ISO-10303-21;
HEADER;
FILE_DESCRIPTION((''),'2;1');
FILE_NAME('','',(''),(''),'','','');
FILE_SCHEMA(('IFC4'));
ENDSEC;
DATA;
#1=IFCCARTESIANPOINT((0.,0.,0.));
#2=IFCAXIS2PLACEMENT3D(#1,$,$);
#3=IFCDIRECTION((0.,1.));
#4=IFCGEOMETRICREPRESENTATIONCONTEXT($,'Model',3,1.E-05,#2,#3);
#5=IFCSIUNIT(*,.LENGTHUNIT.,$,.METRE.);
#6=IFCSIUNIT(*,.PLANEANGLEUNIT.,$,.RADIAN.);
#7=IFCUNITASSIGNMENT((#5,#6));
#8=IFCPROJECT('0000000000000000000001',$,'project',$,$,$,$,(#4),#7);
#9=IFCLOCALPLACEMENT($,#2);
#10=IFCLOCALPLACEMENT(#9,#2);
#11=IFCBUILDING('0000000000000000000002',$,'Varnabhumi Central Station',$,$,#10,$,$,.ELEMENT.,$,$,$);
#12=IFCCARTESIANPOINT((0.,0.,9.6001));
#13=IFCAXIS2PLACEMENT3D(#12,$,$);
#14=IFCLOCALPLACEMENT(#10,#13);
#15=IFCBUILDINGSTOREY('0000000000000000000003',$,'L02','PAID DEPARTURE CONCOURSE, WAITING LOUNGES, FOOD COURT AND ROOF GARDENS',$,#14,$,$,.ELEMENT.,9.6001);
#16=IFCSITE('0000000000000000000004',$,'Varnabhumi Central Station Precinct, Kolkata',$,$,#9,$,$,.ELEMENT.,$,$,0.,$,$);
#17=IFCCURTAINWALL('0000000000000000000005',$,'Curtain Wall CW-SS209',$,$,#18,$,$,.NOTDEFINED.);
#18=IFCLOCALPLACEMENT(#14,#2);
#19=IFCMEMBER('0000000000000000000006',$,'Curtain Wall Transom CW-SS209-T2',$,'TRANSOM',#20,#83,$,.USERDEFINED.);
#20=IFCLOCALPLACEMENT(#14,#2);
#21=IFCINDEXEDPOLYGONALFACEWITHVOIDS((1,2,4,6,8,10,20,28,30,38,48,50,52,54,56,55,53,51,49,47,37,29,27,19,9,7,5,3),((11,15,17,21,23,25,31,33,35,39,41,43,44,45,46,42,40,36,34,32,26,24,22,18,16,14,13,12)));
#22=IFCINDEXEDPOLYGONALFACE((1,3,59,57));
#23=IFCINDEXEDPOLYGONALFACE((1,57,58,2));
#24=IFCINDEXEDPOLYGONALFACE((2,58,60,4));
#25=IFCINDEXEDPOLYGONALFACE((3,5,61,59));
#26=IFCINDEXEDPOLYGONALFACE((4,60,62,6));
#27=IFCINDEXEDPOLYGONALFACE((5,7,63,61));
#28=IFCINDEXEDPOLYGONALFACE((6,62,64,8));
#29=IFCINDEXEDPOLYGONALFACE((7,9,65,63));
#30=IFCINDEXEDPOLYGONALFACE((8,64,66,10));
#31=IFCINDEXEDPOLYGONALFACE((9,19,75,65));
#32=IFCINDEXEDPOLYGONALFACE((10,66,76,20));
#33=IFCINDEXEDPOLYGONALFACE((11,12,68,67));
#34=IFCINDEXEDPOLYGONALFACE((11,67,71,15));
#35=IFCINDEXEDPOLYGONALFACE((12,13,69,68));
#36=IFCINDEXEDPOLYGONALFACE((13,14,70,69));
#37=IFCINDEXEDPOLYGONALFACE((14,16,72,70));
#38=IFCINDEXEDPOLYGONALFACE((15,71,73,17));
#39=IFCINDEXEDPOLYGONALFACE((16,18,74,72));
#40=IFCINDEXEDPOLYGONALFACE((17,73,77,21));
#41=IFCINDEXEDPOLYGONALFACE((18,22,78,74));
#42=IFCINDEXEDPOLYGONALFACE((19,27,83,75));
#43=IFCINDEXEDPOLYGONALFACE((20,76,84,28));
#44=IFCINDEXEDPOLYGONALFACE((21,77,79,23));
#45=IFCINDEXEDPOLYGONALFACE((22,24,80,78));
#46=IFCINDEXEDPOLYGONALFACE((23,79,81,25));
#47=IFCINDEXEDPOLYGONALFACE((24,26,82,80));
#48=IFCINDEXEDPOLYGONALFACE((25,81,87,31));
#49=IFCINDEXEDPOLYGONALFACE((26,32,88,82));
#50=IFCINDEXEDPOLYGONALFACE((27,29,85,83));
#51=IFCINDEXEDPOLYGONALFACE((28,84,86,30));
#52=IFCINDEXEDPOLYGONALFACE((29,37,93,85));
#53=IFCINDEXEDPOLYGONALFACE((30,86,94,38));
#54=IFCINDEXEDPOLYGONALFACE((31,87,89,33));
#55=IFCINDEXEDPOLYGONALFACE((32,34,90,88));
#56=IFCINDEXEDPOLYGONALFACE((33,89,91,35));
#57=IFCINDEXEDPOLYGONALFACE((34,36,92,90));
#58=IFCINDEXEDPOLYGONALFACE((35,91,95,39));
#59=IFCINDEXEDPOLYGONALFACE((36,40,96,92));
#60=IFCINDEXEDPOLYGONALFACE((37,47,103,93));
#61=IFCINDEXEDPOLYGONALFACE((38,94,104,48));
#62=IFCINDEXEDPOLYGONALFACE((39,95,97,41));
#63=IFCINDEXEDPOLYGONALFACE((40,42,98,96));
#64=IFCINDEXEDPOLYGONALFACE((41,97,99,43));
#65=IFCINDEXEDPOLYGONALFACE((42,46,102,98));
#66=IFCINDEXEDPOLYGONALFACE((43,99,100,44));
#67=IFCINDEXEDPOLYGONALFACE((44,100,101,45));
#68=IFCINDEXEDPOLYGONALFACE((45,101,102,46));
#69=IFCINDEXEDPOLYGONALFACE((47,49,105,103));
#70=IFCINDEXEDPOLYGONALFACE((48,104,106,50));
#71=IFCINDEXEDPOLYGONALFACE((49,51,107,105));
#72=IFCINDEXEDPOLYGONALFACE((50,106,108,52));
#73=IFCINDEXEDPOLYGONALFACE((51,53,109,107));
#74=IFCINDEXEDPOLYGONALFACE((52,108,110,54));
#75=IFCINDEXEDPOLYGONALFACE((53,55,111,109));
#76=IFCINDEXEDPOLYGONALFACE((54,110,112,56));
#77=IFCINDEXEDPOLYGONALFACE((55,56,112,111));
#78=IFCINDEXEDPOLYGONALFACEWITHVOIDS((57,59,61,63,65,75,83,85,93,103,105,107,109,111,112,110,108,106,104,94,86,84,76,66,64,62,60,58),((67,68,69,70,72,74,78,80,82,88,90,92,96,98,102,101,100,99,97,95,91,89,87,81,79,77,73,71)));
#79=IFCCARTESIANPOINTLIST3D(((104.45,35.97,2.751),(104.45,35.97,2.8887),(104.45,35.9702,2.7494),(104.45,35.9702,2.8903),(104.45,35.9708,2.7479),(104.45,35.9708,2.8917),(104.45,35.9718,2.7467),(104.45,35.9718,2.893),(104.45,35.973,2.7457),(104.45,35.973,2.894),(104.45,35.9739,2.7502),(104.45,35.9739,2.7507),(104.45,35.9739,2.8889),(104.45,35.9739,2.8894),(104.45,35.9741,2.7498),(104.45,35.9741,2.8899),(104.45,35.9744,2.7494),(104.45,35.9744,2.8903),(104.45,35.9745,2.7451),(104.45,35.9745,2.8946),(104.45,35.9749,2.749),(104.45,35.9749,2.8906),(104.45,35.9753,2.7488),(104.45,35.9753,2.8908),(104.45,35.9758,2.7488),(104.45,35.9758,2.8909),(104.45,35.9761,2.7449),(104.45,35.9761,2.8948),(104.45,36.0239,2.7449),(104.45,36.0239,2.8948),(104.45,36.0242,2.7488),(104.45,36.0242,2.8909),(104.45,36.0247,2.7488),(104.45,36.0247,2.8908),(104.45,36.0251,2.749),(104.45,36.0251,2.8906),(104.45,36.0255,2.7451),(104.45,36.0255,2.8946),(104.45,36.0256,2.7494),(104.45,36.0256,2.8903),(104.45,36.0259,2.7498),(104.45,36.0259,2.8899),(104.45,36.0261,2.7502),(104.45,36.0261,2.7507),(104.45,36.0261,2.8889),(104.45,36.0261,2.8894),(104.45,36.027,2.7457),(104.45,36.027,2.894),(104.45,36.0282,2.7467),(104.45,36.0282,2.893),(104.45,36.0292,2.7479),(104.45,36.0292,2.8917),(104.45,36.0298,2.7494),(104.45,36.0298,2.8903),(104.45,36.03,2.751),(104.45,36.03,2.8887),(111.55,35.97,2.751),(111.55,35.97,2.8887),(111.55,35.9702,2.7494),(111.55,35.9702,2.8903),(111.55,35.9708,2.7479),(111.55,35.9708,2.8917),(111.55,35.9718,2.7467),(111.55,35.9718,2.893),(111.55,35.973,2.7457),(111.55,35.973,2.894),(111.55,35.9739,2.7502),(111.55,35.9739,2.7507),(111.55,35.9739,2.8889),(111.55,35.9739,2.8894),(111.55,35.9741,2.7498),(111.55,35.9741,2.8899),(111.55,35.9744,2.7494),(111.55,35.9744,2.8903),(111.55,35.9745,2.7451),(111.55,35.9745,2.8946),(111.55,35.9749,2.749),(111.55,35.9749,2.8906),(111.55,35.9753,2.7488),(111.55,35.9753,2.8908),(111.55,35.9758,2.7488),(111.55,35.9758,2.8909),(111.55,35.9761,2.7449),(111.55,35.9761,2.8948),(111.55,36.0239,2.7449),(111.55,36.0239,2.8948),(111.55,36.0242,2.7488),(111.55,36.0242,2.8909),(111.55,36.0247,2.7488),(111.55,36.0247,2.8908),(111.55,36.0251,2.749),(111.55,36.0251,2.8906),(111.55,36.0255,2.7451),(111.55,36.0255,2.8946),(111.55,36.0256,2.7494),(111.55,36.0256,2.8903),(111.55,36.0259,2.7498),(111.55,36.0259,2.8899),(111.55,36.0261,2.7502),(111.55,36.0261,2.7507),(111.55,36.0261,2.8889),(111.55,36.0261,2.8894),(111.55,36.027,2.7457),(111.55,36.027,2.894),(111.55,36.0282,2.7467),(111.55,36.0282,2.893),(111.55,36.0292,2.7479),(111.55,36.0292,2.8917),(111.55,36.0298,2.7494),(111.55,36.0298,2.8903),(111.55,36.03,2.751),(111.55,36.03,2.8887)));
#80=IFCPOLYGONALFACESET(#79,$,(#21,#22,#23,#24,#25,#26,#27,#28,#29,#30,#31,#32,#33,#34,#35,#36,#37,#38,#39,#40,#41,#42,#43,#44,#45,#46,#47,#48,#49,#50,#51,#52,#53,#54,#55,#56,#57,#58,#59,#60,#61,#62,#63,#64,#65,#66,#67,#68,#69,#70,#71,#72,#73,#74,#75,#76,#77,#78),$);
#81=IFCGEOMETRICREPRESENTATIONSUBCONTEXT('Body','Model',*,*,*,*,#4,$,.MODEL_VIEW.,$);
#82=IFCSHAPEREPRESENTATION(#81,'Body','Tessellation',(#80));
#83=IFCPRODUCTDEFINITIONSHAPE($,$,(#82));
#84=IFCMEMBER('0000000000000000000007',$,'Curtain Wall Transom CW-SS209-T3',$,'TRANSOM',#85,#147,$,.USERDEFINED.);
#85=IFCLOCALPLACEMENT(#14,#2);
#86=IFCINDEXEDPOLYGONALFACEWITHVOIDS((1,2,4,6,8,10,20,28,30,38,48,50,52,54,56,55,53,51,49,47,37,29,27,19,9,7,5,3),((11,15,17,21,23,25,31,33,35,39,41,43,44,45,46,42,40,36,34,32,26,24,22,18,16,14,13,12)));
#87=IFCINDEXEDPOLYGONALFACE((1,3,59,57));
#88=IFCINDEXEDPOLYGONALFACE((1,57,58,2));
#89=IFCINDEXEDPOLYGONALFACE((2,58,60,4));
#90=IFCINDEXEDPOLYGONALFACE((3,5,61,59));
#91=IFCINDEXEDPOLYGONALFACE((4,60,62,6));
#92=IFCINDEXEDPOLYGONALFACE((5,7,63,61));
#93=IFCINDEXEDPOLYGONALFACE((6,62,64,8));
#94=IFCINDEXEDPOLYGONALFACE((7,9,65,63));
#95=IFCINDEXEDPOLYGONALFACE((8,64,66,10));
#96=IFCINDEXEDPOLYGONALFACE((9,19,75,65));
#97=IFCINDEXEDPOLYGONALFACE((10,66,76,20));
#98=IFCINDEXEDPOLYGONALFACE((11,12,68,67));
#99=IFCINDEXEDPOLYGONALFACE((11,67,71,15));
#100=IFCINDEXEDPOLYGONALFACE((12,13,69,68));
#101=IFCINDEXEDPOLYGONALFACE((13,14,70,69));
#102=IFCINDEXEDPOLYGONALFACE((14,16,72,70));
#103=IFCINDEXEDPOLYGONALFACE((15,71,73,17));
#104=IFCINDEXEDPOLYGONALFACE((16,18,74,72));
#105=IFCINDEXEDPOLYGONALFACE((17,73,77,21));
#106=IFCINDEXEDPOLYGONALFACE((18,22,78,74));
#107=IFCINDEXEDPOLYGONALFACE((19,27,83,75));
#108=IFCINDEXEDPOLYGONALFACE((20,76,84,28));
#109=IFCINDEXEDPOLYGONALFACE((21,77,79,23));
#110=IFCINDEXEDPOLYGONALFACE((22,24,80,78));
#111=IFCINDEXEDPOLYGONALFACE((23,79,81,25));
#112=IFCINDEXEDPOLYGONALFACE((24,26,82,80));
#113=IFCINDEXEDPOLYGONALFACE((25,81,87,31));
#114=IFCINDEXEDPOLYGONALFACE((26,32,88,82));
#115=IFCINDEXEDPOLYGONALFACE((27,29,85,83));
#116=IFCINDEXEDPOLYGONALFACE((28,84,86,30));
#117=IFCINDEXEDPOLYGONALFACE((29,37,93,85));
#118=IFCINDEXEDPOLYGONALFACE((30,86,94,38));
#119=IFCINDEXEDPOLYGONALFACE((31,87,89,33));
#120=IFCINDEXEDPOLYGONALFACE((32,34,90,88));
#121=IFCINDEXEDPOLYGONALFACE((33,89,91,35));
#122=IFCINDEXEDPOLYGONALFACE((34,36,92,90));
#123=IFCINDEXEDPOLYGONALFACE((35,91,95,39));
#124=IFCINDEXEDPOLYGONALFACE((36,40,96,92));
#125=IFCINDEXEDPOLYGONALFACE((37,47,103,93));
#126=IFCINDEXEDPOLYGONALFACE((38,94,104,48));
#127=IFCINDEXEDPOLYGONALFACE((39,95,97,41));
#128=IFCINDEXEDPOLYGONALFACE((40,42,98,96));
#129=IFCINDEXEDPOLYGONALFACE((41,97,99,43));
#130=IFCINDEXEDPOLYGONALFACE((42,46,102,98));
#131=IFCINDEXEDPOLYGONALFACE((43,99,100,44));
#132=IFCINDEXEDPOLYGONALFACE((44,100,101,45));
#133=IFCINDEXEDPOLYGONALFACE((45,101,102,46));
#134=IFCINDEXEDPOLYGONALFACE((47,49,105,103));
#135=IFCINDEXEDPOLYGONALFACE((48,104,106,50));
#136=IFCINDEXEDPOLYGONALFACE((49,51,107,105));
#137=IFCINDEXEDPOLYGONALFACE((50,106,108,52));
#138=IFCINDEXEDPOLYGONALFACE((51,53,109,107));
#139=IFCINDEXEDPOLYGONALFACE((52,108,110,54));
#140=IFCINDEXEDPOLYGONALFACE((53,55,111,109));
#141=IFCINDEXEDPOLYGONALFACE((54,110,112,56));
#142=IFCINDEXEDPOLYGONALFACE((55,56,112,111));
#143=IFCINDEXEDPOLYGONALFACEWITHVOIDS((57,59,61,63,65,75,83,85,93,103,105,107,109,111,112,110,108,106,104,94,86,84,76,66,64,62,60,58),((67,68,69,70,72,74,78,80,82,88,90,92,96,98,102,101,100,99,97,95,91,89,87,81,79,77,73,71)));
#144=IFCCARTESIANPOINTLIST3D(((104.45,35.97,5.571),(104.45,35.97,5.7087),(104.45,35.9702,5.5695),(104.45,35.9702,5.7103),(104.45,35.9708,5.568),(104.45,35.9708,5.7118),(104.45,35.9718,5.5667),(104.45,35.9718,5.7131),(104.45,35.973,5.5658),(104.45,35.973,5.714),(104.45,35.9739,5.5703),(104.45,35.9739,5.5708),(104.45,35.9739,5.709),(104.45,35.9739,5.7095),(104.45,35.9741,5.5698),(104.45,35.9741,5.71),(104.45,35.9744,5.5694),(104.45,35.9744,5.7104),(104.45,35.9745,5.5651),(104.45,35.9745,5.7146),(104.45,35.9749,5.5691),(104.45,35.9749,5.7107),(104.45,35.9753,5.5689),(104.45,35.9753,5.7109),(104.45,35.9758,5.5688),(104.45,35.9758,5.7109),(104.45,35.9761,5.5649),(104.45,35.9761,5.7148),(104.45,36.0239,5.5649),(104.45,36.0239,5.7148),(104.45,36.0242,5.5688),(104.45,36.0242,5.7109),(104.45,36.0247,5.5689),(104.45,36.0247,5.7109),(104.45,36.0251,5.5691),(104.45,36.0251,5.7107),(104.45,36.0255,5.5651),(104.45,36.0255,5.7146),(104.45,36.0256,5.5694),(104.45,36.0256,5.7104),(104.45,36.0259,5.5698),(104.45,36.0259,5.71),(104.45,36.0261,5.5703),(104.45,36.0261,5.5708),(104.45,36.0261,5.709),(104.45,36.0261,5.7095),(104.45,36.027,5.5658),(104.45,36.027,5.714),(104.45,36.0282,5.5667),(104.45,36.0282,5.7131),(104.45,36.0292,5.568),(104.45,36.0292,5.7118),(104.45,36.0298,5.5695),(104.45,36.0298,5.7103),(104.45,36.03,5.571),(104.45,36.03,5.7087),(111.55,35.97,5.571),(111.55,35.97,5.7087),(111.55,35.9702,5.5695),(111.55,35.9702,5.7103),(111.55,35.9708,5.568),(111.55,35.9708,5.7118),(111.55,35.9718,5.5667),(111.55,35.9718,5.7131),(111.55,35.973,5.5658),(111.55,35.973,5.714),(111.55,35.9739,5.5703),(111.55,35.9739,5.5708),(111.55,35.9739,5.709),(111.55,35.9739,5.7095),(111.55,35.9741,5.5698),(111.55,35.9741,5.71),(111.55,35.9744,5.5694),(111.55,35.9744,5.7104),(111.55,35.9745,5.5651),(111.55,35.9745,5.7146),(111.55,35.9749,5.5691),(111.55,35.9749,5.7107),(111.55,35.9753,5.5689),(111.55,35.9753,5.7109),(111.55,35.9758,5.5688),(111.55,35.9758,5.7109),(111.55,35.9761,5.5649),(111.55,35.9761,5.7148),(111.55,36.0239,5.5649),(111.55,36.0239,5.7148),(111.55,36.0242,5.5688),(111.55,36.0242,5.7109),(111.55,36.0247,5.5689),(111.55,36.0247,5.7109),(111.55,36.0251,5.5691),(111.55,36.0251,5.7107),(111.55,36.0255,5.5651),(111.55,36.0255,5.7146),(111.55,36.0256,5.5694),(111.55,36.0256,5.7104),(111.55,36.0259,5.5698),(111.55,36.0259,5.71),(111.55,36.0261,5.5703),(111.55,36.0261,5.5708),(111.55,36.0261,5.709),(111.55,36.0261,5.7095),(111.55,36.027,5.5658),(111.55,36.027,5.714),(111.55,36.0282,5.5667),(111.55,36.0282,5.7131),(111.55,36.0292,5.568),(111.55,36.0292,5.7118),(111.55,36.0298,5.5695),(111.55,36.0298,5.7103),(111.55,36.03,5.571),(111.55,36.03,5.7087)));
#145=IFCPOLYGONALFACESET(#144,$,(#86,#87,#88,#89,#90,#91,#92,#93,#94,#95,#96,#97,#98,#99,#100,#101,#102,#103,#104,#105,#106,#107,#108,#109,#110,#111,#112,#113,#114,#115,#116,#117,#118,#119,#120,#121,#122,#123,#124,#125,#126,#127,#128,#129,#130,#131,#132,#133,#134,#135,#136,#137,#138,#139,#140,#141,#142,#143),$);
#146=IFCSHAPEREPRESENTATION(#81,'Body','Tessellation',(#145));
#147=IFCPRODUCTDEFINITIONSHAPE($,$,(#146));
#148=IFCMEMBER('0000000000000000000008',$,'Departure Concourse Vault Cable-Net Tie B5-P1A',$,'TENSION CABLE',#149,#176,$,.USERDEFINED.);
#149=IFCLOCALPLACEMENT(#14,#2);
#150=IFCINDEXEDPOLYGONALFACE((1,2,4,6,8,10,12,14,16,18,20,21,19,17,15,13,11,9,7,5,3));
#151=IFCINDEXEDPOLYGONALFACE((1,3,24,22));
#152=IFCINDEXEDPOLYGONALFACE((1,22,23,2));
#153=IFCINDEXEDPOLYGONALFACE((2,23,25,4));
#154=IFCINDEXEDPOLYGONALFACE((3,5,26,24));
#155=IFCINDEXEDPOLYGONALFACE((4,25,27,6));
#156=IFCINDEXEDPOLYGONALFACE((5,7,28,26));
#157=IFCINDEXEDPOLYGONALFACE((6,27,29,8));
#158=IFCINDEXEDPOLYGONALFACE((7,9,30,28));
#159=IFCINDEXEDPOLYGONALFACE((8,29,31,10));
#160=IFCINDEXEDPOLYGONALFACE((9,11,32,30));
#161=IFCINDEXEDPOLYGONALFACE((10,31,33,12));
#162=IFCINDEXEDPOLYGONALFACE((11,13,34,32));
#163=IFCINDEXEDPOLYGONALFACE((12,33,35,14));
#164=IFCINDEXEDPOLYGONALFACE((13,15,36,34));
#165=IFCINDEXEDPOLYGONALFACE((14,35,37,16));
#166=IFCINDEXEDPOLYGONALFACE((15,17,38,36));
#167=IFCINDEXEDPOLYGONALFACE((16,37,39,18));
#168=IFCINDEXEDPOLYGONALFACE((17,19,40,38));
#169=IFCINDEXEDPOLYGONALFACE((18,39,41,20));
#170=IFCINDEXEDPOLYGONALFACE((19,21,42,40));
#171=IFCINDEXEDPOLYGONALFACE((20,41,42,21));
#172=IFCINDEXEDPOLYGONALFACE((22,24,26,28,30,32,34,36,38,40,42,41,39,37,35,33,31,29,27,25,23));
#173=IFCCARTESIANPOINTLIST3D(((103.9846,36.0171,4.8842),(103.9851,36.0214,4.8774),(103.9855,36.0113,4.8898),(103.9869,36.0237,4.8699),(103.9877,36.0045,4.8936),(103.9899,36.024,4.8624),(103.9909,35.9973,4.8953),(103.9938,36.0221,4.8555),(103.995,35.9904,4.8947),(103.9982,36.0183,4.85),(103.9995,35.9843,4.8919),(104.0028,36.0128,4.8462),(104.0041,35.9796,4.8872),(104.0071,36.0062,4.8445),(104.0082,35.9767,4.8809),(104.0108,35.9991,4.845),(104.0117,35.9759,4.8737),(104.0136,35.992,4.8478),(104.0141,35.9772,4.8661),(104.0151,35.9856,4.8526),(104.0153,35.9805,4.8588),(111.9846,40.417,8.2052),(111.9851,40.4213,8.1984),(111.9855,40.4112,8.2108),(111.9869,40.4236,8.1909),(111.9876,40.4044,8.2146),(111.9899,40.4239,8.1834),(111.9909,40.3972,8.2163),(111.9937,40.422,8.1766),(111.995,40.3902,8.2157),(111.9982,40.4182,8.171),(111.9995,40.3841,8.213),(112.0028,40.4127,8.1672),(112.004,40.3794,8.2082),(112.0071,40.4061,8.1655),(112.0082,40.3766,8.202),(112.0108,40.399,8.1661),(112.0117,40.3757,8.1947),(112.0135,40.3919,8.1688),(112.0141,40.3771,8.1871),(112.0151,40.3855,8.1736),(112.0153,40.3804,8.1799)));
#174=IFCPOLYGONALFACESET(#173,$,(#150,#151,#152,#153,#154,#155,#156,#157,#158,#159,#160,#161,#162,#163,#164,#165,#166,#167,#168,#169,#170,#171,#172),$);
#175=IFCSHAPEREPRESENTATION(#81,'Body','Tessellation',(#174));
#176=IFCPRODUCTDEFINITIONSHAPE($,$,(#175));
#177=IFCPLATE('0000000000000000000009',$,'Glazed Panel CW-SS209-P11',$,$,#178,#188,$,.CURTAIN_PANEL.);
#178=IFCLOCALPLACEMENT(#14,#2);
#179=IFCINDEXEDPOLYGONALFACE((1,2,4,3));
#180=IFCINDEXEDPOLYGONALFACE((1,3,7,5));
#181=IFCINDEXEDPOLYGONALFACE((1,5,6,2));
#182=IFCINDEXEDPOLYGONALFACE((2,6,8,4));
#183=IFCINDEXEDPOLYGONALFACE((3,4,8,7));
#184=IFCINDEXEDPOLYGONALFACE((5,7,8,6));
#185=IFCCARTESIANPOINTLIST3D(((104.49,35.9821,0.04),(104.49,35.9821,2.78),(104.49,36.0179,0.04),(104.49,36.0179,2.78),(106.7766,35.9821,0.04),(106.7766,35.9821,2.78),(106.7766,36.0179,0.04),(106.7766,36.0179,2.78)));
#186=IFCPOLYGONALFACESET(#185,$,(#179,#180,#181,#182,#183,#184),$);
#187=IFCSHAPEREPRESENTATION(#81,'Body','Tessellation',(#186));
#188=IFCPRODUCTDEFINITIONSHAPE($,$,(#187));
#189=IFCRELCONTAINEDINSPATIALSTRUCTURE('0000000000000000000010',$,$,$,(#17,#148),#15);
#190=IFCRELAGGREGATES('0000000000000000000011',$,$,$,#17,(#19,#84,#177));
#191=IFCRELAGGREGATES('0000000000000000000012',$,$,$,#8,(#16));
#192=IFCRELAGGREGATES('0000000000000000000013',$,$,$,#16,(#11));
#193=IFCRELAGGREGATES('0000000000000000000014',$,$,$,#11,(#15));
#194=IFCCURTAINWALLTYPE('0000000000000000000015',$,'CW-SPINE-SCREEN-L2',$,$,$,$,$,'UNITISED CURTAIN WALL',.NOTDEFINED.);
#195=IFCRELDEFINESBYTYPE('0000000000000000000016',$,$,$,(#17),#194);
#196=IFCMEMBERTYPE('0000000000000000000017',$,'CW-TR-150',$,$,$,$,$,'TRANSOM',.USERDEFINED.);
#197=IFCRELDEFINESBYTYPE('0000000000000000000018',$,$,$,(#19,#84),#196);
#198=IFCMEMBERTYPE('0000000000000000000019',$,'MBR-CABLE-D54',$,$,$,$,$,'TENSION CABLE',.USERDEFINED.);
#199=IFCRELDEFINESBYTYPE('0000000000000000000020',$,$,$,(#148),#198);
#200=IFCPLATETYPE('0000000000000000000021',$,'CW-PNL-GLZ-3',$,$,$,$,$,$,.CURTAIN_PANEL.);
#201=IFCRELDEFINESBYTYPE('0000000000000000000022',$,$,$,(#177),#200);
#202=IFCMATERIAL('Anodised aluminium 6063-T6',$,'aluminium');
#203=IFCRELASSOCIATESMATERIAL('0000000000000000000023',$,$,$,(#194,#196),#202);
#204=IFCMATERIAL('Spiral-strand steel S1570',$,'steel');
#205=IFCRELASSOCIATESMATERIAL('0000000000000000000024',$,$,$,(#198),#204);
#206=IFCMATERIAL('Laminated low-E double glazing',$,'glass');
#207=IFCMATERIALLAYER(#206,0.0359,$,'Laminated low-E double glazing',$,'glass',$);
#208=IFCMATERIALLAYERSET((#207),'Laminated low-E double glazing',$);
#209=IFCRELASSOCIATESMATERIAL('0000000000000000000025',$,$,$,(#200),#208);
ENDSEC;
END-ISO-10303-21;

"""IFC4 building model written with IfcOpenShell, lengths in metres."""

from ifc_helpers import new_model, si_unit, direction, frame, origin, origin_2d, place, context, subcontext, project, spatial, rectangle, hollow_rectangle, circle, extrude, material, layer, layer_set, material_profile, profile_set, type_object, element, aggregate, save


model = new_model("IFC4")

# Units and contexts
model_context = context("Model", 3, precision=1e-05, world=origin(), true_north=direction((0.0, 1.0)))
body_context = subcontext(model_context, "Body", "Model", "MODEL_VIEW")
ifc_project = project(units=[si_unit("LENGTHUNIT", "METRE"), si_unit("PLANEANGLEUNIT", "RADIAN")], contexts=[model_context])

# Site, building, storey
site_placement = place(None, origin())
site = spatial("IfcSite", under=ifc_project, at=site_placement, Name="Varnabhumi Central Station Precinct, Kolkata", CompositionType="ELEMENT", RefElevation=0.0)
building_placement = place(site_placement, origin())
building = spatial("IfcBuilding", under=site, at=building_placement, Name="Varnabhumi Central Station", CompositionType="ELEMENT")
storey_placement = place(building_placement, frame((0.0, 0.0, 9.6001)))
storey = spatial("IfcBuildingStorey", under=building, at=storey_placement, Name="L02", Description="PAID DEPARTURE CONCOURSE, WAITING LOUNGES, FOOD COURT AND ROOF GARDENS", CompositionType="ELEMENT", Elevation=9.6001)

# Curtain wall, members
ifc_material_1 = material(Name="Anodised aluminium 6063-T6", Category="aluminium")
curtain_wall_type = type_object("IfcCurtainWallType", Name="CW-SPINE-SCREEN-L2", ElementType="UNITISED CURTAIN WALL", PredefinedType="NOTDEFINED", material=ifc_material_1)
curtain_wall_placement = place(storey_placement, origin())
curtain_wall = element("IfcCurtainWall", 1, at=curtain_wall_placement, inside=storey, type_object=curtain_wall_type, Name="Curtain Wall CW-SS209", PredefinedType="NOTDEFINED")
ifc_material_profile_1 = material_profile(ifc_material_1, hollow_rectangle(XDim=0.0601, YDim=0.1499, WallThickness=0.0039, InnerFilletRadius=0.002, OuterFilletRadius=0.0061, at=origin_2d()), Name="Anodised aluminium 6063-T6", Category="aluminium")
ifc_profile_set_1 = profile_set([ifc_material_profile_1], Name="Anodised aluminium 6063-T6")
member_type_1 = type_object("IfcMemberType", Name="CW-TR-150", ElementType="TRANSOM", PredefinedType="USERDEFINED", material=ifc_profile_set_1)
member_1_placement = place(storey_placement, frame((104.45, 36.0, 2.8198), z_axis=(1.0, 0.0, 0.0), x_axis=(0.0, 1.0, 0.0)))
member_1 = element("IfcMember", 2, at=member_1_placement, type_object=member_type_1, Name="Curtain Wall Transom CW-SS209-T2", ObjectType="TRANSOM", PredefinedType="USERDEFINED", context=body_context, shape_type="SweptSolid", body=[
    extrude(hollow_rectangle(XDim=0.0601, YDim=0.1499, WallThickness=0.0039, InnerFilletRadius=0.002, OuterFilletRadius=0.0061, at=origin_2d()), origin(), (0.0, 0.0, 1.0), 7.1001),
])
member_2_placement = place(storey_placement, frame((104.45, 36.0, 5.6399), z_axis=(1.0, 0.0, 0.0), x_axis=(0.0, 1.0, 0.0)))
member_2 = element("IfcMember", 3, at=member_2_placement, type_object=member_type_1, Name="Curtain Wall Transom CW-SS209-T3", ObjectType="TRANSOM", PredefinedType="USERDEFINED", context=body_context, shape_type="SweptSolid", body=[
    extrude(hollow_rectangle(XDim=0.0601, YDim=0.1499, WallThickness=0.0039, InnerFilletRadius=0.002, OuterFilletRadius=0.0061, at=origin_2d()), origin(), (0.0, 0.0, 1.0), 7.1001),
])

# Member
ifc_material_2 = material(Name="Spiral-strand steel S1570", Category="steel")
ifc_material_profile_2 = material_profile(ifc_material_2, circle(Radius=0.0271, at=origin_2d()), Name="Spiral-strand steel S1570", Category="steel")
ifc_profile_set_2 = profile_set([ifc_material_profile_2], Name="Spiral-strand steel S1570")
member_type_2 = type_object("IfcMemberType", Name="MBR-CABLE-D54", ElementType="TENSION CABLE", PredefinedType="USERDEFINED", material=ifc_profile_set_2)
member_3_placement = place(storey_placement, frame((104.0, 36.0, 4.8699), z_axis=(0.823437, 0.45288, 0.341834), x_axis=(-0.481911, 0.87622, 0.0)))
element("IfcMember", 4, at=member_3_placement, inside=storey, type_object=member_type_2, Name="Departure Concourse Vault Cable-Net Tie B5-P1A", ObjectType="TENSION CABLE", PredefinedType="USERDEFINED", context=body_context, shape_type="SweptSolid", body=[
    extrude(circle(Radius=0.0271, at=origin_2d()), origin(), (0.0, 0.0, 1.0), 9.7153),
])

# Plate
ifc_material_3 = material(Name="Laminated low-E double glazing", Category="glass")
ifc_layer_1 = layer(ifc_material_3, 0.0359, Name="Laminated low-E double glazing", Category="glass")
ifc_layer_set_1 = layer_set([ifc_layer_1], Name="Laminated low-E double glazing")
plate_type_1 = type_object("IfcPlateType", Name="CW-PNL-GLZ-3", PredefinedType="CURTAIN_PANEL", material=ifc_layer_set_1)
plate_1_placement = place(storey_placement, frame((105.6333, 36.0, 0.04), z_axis=(0.0, 0.0, 1.0), x_axis=(1.0, 0.0, 0.0)))
plate_1 = element("IfcPlate", 5, at=plate_1_placement, type_object=plate_type_1, Name="Glazed Panel CW-SS209-P11", PredefinedType="CURTAIN_PANEL", context=body_context, shape_type="SweptSolid", body=[
    extrude(rectangle(XDim=2.2866, YDim=0.0359, at=origin_2d()), origin(), (0.0, 0.0, 1.0), 2.74),
])
aggregate(curtain_wall, [member_1, member_2, plate_1])

save(model, "model.ifc")
